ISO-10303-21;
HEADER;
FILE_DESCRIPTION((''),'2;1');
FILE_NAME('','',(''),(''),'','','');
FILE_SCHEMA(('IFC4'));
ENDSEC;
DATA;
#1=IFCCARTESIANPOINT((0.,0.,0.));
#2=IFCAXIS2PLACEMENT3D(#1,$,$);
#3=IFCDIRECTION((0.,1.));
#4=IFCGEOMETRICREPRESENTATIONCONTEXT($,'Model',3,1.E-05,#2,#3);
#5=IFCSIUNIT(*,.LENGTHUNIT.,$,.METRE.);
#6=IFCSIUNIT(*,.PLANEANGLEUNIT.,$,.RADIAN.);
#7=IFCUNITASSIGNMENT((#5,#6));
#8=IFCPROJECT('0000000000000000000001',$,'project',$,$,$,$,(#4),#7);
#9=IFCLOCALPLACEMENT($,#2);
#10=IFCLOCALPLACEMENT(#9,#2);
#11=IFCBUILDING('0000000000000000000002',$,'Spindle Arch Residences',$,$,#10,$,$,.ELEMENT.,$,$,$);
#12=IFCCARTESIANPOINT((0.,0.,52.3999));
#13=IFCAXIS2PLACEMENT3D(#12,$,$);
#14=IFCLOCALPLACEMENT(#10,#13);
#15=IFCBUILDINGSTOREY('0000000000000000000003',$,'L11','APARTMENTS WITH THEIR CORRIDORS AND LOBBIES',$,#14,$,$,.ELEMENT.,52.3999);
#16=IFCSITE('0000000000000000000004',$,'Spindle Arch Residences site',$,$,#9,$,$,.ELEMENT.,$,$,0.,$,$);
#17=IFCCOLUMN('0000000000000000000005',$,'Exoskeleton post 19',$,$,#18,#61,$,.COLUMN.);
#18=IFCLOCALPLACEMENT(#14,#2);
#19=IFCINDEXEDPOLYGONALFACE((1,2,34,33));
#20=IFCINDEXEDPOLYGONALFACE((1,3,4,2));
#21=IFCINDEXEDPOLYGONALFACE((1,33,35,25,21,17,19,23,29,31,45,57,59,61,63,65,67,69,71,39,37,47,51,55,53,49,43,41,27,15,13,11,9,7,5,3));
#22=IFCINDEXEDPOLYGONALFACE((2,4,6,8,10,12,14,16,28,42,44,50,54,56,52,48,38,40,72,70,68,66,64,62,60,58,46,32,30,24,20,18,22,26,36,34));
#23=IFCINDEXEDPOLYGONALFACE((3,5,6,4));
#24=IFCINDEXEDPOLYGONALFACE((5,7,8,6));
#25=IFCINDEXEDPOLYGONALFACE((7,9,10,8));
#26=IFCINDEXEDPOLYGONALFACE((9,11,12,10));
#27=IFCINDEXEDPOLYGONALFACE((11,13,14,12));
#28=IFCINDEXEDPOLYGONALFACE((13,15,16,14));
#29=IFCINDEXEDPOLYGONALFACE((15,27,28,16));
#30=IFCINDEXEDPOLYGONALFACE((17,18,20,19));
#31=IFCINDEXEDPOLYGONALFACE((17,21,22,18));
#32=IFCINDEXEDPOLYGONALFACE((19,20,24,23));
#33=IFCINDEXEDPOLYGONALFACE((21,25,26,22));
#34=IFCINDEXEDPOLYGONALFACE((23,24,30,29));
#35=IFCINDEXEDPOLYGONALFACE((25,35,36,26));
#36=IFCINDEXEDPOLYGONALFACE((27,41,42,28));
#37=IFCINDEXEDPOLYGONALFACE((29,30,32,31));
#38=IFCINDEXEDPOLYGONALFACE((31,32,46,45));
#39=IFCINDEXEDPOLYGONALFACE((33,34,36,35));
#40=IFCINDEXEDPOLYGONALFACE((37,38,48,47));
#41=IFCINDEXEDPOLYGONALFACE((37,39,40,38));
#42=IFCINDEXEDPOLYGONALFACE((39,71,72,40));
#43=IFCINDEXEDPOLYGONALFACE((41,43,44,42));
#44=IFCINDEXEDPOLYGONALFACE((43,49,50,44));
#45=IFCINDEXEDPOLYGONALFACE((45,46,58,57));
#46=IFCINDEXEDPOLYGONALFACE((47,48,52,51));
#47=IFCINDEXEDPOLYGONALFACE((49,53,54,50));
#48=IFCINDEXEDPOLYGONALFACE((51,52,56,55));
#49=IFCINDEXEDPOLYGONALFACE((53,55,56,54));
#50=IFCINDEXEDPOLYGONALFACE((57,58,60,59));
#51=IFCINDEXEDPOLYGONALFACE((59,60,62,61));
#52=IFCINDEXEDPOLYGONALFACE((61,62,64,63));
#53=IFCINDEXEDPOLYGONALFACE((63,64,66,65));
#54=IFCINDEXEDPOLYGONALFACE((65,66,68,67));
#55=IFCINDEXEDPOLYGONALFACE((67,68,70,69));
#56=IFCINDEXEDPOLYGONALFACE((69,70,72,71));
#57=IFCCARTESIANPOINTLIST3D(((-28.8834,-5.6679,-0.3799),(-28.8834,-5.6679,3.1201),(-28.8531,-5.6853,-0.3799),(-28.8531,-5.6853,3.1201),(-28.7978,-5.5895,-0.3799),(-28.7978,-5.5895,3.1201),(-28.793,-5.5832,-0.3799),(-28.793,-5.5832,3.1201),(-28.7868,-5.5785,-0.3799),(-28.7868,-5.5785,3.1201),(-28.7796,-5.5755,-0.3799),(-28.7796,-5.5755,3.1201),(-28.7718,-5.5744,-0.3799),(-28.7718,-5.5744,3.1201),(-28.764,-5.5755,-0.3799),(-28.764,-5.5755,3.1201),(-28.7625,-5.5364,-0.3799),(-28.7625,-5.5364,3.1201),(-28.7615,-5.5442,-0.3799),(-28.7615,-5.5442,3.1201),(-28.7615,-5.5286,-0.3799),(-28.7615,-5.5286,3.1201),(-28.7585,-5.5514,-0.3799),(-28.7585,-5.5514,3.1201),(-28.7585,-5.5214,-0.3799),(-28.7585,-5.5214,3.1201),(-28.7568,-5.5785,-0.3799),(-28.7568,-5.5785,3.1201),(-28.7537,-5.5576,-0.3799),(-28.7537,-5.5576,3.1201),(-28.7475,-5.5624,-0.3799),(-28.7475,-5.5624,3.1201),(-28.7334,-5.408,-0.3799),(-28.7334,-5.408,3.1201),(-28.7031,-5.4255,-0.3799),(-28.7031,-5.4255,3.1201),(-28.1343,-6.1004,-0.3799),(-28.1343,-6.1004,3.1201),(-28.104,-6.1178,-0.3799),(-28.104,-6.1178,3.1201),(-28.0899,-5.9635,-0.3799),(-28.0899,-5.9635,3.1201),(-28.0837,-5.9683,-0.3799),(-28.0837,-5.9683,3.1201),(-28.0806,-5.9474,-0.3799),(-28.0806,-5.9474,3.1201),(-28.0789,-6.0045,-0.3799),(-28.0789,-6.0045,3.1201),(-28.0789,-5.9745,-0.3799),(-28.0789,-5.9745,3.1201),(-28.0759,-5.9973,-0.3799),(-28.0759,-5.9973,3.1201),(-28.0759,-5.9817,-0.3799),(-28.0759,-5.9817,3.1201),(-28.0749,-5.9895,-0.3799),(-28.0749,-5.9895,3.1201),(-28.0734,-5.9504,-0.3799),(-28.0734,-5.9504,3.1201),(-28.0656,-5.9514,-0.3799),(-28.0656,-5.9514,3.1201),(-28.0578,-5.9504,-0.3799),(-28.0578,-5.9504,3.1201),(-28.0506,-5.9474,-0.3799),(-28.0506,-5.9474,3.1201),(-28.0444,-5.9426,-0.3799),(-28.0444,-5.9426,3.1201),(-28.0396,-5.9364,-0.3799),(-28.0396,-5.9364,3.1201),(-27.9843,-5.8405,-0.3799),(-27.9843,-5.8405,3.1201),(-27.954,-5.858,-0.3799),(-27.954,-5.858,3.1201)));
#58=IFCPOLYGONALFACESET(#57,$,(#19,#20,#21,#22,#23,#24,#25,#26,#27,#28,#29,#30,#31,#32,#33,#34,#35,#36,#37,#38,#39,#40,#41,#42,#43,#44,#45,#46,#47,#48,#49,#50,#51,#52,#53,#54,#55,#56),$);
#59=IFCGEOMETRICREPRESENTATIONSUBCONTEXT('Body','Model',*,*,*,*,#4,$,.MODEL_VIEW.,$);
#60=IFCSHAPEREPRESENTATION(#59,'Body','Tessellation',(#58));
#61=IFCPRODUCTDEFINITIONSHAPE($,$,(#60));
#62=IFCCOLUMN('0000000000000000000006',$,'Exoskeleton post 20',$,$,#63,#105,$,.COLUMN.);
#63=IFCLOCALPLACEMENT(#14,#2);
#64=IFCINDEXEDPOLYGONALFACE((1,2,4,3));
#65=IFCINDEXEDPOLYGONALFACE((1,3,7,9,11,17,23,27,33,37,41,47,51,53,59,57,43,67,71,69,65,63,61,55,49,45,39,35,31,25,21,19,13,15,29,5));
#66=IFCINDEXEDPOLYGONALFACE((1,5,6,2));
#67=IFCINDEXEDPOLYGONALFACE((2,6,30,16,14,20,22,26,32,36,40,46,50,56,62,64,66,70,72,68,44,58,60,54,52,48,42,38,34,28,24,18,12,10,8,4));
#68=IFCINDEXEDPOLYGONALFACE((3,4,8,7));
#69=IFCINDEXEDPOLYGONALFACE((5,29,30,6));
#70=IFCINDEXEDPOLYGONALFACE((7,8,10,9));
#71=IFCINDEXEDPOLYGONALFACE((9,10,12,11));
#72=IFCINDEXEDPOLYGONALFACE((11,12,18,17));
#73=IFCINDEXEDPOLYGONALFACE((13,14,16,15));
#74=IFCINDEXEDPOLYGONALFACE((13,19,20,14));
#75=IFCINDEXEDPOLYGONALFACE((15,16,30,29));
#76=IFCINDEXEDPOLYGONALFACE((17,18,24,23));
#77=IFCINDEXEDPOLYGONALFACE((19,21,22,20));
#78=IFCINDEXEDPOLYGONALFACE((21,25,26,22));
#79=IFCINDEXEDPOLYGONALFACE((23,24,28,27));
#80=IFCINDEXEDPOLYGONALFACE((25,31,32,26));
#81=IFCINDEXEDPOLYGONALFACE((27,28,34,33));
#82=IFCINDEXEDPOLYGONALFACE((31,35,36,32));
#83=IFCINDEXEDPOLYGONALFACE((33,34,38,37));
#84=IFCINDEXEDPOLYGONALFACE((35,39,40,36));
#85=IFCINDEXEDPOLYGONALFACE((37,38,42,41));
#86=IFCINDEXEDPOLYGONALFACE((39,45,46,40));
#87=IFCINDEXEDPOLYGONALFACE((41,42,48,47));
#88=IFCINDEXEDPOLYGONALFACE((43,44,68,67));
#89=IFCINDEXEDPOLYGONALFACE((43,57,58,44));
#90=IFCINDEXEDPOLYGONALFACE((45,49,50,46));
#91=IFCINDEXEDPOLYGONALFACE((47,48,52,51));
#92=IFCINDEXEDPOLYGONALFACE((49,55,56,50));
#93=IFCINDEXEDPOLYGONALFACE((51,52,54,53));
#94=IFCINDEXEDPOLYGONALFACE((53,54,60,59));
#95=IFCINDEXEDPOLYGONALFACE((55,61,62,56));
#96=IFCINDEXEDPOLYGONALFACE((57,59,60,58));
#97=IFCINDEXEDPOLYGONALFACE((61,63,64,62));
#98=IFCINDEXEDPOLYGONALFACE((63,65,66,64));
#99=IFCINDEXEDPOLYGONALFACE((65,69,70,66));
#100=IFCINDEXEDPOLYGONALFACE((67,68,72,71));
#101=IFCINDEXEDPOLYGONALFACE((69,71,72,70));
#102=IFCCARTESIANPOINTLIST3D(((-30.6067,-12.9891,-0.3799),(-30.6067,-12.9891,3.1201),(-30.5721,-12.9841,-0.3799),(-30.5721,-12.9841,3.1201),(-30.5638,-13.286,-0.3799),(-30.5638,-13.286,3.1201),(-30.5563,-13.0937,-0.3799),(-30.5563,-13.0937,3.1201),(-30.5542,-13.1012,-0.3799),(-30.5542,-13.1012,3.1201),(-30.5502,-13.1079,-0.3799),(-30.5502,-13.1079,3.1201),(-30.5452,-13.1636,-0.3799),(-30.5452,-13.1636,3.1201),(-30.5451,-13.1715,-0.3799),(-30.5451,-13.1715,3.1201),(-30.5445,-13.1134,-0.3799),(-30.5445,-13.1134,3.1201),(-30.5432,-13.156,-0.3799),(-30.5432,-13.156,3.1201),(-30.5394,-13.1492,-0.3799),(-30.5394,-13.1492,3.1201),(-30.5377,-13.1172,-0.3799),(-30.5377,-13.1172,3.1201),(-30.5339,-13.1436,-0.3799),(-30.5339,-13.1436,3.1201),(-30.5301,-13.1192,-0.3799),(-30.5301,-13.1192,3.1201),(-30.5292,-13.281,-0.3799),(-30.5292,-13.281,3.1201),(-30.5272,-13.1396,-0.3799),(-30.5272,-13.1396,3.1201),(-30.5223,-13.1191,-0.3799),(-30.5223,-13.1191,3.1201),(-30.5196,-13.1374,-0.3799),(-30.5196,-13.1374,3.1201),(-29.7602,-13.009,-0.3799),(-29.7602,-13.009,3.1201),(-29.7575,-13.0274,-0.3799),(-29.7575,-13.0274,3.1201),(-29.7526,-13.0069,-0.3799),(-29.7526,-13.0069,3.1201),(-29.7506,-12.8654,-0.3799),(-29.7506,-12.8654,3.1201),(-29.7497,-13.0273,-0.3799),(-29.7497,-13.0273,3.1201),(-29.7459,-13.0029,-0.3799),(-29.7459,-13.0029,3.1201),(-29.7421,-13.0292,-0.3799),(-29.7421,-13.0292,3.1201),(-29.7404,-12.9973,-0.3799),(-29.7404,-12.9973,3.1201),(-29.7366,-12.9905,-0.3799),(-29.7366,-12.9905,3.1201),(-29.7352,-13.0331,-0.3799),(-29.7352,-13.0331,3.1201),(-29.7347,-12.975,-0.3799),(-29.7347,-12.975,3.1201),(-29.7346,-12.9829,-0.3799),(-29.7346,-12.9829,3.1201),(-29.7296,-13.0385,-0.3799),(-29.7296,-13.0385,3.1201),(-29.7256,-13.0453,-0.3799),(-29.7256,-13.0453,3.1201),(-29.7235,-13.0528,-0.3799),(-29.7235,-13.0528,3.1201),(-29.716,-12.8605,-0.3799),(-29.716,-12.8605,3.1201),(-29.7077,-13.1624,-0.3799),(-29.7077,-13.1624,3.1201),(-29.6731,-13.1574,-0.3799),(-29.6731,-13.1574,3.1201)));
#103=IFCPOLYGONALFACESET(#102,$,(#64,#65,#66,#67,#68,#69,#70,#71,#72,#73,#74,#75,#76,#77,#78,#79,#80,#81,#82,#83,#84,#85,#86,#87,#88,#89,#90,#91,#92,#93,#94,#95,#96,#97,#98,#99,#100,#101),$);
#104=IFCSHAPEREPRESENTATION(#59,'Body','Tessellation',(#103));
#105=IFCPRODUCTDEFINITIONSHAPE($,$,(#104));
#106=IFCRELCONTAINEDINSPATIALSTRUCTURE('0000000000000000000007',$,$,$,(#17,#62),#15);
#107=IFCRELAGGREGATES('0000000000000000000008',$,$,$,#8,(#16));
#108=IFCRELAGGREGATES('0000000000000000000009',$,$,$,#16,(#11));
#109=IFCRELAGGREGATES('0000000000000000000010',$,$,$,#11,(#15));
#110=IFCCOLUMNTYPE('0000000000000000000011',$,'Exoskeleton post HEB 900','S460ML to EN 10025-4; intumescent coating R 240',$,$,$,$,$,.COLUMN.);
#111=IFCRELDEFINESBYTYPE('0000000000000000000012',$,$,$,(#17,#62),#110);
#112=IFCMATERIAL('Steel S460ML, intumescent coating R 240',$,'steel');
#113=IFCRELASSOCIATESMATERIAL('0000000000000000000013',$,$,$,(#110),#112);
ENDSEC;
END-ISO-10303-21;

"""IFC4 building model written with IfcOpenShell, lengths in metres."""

from ifc_helpers import new_model, si_unit, direction, frame, origin, origin_2d, place, context, subcontext, project, spatial, i_section, extrude, material, material_profile, profile_set, type_object, element, save


model = new_model("IFC4")

# Units and contexts
model_context = context("Model", 3, precision=1e-05, world=origin(), true_north=direction((0.0, 1.0)))
body_context = subcontext(model_context, "Body", "Model", "MODEL_VIEW")
ifc_project = project(units=[si_unit("LENGTHUNIT", "METRE"), si_unit("PLANEANGLEUNIT", "RADIAN")], contexts=[model_context])

# Site, building, storey
site_placement = place(None, origin())
site = spatial("IfcSite", under=ifc_project, at=site_placement, Name="Spindle Arch Residences site", CompositionType="ELEMENT", RefElevation=0.0)
building_placement = place(site_placement, origin())
building = spatial("IfcBuilding", under=site, at=building_placement, Name="Spindle Arch Residences", CompositionType="ELEMENT")
storey_placement = place(building_placement, frame((0.0, 0.0, 52.3999)))
storey = spatial("IfcBuildingStorey", under=building, at=storey_placement, Name="L11", Description="APARTMENTS WITH THEIR CORRIDORS AND LOBBIES", CompositionType="ELEMENT", Elevation=52.3999)

# Columns
ifc_material_1 = material(Name="Steel S460ML, intumescent coating R 240", Category="steel")
ifc_material_profile_1 = material_profile(ifc_material_1, i_section(OverallWidth=0.3, OverallDepth=0.8999, WebThickness=0.0186, FlangeThickness=0.0349, FilletRadius=0.03, at=origin_2d()), Name="HEB 900")
ifc_profile_set_1 = profile_set([ifc_material_profile_1], Name="Steel S460ML, intumescent coating R 240")
column_type_1 = type_object("IfcColumnType", Name="Exoskeleton post HEB 900", Description="S460ML to EN 10025-4; intumescent coating R 240", PredefinedType="COLUMN", material=ifc_profile_set_1)
for number, where, z_axis, x_axis, name in (
    (1, (-28.4187, -5.7629, -0.3799), (0.0, 0.0, 1.0), (0.5, 0.866025, 0.0), "Exoskeleton post 19"),
    (2, (-30.1399, -13.0732, -0.3799), (0.0, 0.0, 1.0), (-0.142906, 0.989736, 0.0), "Exoskeleton post 20"),
):
    element("IfcColumn", number, at=place(storey_placement, frame(where, z_axis=z_axis, x_axis=x_axis)), inside=storey, type_object=column_type_1, Name=name, PredefinedType="COLUMN", context=body_context, shape_type="SweptSolid", body=[
        extrude(i_section(OverallWidth=0.3, OverallDepth=0.8999, WebThickness=0.0186, FlangeThickness=0.0349, FilletRadius=0.03, at=origin_2d()), origin(), (0.0, 0.0, 1.0), 3.5),
    ])

save(model, "model.ifc")
